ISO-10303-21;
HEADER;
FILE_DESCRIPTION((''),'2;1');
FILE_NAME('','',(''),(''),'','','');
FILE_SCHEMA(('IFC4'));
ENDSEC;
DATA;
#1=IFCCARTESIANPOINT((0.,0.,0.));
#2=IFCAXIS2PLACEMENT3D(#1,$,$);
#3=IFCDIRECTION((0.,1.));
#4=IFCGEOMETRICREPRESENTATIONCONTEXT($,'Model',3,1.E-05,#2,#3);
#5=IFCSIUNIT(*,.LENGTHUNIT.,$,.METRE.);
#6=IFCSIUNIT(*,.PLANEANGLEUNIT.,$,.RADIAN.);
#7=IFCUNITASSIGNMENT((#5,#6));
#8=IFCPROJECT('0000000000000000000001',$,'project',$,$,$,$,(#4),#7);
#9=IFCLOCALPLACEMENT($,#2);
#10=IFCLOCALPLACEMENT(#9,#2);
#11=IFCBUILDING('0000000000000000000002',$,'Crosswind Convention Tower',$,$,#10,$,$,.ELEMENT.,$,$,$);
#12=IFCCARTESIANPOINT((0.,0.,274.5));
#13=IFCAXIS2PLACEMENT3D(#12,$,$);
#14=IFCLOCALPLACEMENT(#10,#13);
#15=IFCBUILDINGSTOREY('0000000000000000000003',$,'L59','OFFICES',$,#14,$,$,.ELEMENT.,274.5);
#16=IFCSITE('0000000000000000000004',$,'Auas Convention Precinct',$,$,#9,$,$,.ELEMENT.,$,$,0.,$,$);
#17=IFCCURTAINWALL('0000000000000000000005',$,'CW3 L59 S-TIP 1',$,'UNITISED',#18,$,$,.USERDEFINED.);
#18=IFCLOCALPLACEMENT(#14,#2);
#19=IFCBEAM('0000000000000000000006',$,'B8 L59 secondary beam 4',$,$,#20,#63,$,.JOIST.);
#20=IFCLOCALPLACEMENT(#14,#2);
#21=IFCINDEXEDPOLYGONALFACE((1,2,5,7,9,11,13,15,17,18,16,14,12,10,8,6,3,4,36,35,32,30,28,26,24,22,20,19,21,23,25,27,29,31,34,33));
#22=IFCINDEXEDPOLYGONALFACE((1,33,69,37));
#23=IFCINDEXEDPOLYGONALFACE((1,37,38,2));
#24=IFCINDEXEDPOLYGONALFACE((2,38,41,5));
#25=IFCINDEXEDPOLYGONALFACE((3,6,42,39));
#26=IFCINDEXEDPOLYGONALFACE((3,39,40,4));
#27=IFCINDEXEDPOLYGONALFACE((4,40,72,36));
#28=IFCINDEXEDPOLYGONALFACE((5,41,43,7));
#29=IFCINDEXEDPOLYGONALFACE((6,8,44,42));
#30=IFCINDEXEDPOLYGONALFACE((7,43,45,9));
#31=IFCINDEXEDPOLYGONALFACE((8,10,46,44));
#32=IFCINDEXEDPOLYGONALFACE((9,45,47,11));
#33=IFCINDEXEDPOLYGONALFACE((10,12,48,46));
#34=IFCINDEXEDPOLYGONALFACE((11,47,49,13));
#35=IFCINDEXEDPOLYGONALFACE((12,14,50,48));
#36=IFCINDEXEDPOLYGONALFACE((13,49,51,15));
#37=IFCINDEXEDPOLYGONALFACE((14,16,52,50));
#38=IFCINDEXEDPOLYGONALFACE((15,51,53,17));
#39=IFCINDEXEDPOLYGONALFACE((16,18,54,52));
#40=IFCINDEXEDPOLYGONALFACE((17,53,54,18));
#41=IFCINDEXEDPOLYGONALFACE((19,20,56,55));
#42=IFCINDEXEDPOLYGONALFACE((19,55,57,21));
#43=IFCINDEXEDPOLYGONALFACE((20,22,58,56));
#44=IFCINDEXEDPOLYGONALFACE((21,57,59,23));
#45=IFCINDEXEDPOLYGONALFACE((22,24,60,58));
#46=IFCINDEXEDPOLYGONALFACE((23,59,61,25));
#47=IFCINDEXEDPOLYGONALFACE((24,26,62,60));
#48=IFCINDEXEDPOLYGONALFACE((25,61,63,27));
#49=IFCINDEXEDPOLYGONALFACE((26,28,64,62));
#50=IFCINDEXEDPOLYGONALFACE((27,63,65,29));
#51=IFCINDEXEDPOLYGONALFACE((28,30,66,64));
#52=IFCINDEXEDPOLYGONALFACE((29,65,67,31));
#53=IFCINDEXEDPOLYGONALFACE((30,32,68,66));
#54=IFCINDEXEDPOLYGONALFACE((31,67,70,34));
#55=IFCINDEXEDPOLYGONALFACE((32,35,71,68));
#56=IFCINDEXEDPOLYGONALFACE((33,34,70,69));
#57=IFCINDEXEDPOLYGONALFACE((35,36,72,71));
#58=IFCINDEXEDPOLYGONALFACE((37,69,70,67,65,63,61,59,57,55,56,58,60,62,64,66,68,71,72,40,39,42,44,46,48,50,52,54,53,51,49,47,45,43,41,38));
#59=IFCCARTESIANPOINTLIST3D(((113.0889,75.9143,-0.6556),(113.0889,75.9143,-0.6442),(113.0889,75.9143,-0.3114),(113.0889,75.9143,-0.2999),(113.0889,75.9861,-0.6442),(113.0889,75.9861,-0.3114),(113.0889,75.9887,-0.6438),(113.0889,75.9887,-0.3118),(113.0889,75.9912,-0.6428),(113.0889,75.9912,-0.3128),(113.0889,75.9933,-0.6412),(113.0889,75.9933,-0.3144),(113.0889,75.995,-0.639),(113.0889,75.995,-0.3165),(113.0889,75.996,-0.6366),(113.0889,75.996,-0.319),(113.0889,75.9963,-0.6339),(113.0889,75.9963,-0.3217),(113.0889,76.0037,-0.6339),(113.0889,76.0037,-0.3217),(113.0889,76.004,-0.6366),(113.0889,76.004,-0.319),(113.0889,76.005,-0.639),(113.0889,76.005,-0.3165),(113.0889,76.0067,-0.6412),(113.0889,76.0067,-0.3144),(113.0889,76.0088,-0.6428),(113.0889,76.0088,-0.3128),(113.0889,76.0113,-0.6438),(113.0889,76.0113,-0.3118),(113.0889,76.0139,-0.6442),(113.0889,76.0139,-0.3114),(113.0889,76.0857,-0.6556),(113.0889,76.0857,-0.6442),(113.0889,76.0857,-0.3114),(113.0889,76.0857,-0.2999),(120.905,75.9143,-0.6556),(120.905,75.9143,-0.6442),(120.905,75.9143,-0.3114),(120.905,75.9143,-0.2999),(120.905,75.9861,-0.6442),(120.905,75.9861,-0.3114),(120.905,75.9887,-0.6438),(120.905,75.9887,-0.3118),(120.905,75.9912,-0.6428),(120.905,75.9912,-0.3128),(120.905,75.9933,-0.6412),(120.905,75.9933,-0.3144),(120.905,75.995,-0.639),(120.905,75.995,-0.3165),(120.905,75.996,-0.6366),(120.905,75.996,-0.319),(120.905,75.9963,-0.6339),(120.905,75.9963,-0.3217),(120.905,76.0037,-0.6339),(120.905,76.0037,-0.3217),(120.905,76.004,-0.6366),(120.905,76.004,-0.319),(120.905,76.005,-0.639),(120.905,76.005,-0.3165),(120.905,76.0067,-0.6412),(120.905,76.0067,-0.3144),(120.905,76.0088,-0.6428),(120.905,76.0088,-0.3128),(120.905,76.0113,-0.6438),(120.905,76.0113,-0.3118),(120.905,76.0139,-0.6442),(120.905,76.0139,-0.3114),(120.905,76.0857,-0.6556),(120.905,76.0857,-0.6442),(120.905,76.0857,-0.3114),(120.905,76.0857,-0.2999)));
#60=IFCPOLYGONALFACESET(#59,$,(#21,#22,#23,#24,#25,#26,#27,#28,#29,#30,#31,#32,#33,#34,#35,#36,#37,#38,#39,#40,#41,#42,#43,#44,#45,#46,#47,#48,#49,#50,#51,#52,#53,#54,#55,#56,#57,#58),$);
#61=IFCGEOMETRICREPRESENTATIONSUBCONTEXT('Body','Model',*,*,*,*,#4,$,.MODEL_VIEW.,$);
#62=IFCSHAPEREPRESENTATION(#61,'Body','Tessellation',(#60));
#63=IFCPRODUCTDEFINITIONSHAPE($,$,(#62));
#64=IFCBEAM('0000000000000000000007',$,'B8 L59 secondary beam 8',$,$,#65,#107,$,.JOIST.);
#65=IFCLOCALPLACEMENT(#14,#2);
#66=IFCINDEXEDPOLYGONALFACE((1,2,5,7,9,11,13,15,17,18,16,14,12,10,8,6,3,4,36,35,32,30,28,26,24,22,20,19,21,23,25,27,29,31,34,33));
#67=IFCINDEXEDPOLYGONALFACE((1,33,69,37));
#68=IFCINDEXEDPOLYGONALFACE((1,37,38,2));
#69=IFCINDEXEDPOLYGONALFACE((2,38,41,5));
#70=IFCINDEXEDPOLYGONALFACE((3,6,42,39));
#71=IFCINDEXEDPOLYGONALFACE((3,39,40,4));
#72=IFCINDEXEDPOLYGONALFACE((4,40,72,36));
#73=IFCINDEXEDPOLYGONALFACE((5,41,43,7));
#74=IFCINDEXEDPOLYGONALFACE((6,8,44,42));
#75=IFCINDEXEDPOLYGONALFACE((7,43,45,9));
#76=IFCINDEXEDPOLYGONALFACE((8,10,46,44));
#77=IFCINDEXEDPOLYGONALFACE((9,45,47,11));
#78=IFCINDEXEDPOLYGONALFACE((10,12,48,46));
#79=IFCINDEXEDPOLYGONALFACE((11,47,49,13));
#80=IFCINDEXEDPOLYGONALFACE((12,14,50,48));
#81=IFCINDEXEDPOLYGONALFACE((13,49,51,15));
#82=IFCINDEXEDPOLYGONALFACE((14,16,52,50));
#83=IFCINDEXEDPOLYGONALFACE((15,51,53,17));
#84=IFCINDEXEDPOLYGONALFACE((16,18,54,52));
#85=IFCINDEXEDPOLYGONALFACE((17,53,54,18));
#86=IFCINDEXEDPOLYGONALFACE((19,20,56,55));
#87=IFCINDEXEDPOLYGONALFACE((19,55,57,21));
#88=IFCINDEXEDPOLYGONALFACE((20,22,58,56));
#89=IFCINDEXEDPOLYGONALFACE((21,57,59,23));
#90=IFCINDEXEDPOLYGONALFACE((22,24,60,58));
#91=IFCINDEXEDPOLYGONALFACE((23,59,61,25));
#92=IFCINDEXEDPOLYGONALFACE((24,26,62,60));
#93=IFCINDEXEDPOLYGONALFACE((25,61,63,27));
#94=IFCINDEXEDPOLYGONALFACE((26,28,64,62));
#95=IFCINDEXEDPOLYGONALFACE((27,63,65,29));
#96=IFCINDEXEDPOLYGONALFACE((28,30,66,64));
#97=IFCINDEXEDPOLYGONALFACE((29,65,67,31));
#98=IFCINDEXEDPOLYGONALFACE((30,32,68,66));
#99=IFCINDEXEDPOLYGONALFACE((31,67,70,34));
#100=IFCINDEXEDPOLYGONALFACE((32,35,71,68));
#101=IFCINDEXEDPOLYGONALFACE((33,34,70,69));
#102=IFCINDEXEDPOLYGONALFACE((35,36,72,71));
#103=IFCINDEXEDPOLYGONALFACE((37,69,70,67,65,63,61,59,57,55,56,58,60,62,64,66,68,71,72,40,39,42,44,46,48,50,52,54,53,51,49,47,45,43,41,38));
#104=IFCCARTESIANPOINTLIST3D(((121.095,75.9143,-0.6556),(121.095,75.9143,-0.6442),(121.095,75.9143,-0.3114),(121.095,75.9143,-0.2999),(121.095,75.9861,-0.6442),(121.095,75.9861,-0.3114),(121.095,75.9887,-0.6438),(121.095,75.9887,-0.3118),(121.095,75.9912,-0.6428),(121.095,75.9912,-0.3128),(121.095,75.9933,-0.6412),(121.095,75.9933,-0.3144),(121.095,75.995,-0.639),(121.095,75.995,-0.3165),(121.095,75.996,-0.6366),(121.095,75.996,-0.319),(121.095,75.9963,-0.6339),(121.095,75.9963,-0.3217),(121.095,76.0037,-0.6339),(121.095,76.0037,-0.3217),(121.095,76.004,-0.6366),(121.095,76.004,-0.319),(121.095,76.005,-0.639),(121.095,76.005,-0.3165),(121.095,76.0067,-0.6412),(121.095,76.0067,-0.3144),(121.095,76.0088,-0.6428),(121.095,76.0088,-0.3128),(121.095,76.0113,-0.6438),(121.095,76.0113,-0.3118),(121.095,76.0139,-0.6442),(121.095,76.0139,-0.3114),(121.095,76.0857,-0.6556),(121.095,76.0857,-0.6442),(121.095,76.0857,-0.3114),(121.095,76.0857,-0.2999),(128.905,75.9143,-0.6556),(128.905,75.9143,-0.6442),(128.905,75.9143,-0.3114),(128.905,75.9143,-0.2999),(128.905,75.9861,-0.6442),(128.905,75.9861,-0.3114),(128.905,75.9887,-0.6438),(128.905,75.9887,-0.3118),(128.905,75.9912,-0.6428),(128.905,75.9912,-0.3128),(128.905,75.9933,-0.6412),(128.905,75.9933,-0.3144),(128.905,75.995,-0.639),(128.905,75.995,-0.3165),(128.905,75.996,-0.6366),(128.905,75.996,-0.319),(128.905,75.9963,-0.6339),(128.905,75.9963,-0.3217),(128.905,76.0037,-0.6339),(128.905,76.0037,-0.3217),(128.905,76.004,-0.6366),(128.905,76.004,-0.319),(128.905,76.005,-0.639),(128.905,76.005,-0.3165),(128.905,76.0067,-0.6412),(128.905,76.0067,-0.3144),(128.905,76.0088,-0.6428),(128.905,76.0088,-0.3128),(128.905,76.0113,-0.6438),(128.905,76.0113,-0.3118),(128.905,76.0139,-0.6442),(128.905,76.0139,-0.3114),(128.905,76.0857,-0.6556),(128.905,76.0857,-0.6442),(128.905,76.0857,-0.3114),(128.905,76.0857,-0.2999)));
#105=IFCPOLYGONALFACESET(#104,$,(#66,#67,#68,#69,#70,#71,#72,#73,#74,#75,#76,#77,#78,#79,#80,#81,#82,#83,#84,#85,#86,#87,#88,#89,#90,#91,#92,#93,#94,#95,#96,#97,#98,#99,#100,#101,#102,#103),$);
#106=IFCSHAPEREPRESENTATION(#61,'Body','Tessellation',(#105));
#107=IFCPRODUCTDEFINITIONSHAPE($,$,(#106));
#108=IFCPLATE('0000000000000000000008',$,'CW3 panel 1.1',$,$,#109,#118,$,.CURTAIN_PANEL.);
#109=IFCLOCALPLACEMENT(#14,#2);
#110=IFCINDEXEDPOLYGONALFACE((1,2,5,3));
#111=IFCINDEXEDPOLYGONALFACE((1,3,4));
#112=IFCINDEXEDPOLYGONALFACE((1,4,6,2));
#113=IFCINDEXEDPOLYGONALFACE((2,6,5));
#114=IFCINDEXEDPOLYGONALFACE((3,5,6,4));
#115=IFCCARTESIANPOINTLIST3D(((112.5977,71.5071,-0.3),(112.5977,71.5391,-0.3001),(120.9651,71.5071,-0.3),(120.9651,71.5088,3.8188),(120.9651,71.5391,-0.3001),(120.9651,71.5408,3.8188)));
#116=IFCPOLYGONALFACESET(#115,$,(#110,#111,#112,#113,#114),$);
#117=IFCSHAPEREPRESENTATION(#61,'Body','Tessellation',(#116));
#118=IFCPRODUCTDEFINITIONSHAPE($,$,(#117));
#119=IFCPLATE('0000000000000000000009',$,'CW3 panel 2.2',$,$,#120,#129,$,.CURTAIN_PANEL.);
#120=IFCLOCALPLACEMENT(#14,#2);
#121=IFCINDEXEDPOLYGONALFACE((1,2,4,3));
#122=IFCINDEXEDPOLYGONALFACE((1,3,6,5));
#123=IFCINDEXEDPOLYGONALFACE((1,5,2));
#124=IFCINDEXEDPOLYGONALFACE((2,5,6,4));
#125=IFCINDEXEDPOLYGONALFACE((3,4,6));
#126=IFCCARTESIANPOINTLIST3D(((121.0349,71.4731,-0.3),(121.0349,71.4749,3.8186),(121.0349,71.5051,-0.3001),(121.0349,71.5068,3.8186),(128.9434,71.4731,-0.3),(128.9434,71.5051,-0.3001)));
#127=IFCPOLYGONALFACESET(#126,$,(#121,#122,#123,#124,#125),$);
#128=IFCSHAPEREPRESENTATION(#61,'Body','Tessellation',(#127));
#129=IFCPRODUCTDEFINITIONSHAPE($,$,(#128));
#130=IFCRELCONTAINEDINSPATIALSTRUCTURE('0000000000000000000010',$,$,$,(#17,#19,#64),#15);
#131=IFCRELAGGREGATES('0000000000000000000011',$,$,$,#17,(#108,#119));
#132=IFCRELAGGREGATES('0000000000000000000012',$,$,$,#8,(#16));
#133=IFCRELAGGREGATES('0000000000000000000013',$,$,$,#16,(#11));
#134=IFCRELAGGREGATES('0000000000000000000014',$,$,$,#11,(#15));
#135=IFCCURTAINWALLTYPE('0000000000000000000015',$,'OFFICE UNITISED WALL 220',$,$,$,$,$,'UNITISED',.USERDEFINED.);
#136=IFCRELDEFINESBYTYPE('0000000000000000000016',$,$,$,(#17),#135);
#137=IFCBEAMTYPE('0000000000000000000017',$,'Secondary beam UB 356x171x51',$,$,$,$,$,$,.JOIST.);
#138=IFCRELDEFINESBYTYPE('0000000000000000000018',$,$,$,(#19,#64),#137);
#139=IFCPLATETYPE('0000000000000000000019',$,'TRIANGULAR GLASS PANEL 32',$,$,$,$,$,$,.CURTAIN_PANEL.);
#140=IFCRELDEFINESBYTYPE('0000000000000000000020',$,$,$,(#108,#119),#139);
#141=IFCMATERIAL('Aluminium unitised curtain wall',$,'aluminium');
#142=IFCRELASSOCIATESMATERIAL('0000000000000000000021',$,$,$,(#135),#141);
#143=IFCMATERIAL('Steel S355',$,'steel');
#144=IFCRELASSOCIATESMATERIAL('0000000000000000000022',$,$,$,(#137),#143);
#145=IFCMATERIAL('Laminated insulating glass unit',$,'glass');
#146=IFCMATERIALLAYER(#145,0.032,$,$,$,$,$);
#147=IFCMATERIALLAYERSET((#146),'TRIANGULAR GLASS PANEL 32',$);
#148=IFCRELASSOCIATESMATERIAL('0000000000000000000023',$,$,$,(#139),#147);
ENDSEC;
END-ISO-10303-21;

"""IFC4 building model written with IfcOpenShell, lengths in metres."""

from ifc_helpers import new_model, si_unit, direction, frame, origin, origin_2d, place, context, subcontext, project, spatial, polyline, i_section, outline, extrude, material, layer, layer_set, material_profile, profile_set, type_object, element, aggregate, save


model = new_model("IFC4")

# Units and contexts
model_context = context("Model", 3, precision=1e-05, world=origin(), true_north=direction((0.0, 1.0)))
body_context = subcontext(model_context, "Body", "Model", "MODEL_VIEW")
ifc_project = project(units=[si_unit("LENGTHUNIT", "METRE"), si_unit("PLANEANGLEUNIT", "RADIAN")], contexts=[model_context])

# Site, building, storey
site_placement = place(None, origin())
site = spatial("IfcSite", under=ifc_project, at=site_placement, Name="Auas Convention Precinct", CompositionType="ELEMENT", RefElevation=0.0)
building_placement = place(site_placement, origin())
building = spatial("IfcBuilding", under=site, at=building_placement, Name="Crosswind Convention Tower", CompositionType="ELEMENT")
storey_placement = place(building_placement, frame((0.0, 0.0, 274.5)))
storey = spatial("IfcBuildingStorey", under=building, at=storey_placement, Name="L59", Description="OFFICES", CompositionType="ELEMENT", Elevation=274.5)

# Shared definitions
ifc_material_1 = material(Name="Steel S355", Category="steel")

# Curtain wall
ifc_material_2 = material(Name="Aluminium unitised curtain wall", Category="aluminium")
curtain_wall_type = type_object("IfcCurtainWallType", Name="OFFICE UNITISED WALL 220", ElementType="UNITISED", PredefinedType="USERDEFINED", material=ifc_material_2)
curtain_wall_placement = place(storey_placement, origin())
curtain_wall = element("IfcCurtainWall", 1, at=curtain_wall_placement, inside=storey, type_object=curtain_wall_type, Name="CW3 L59 S-TIP 1", ObjectType="UNITISED", PredefinedType="USERDEFINED")

# Beams
ifc_material_profile_1 = material_profile(ifc_material_1, i_section(OverallWidth=0.1714, OverallDepth=0.3557, WebThickness=0.0073, FlangeThickness=0.0115, FilletRadius=0.0103, at=origin_2d()), Name="UB 356x171x51")
ifc_profile_set_1 = profile_set([ifc_material_profile_1], Name="Steel S355")
beam_type_1 = type_object("IfcBeamType", Name="Secondary beam UB 356x171x51", PredefinedType="JOIST", material=ifc_profile_set_1)
beam_1_placement = place(storey_placement, frame((113.0889, 76.0, -0.4778), z_axis=(1.0, 0.0, 0.0), x_axis=(0.0, 1.0, 0.0)))
element("IfcBeam", 2, at=beam_1_placement, inside=storey, type_object=beam_type_1, Name="B8 L59 secondary beam 4", PredefinedType="JOIST", context=body_context, shape_type="SweptSolid", body=[
    extrude(i_section(OverallWidth=0.1714, OverallDepth=0.3557, WebThickness=0.0073, FlangeThickness=0.0115, FilletRadius=0.0103, at=origin_2d()), origin(), (0.0, 0.0, 1.0), 7.8162),
])
beam_2_placement = place(storey_placement, frame((121.095, 76.0, -0.4778), z_axis=(1.0, 0.0, 0.0), x_axis=(0.0, 1.0, 0.0)))
element("IfcBeam", 3, at=beam_2_placement, inside=storey, type_object=beam_type_1, Name="B8 L59 secondary beam 8", PredefinedType="JOIST", context=body_context, shape_type="SweptSolid", body=[
    extrude(i_section(OverallWidth=0.1714, OverallDepth=0.3557, WebThickness=0.0073, FlangeThickness=0.0115, FilletRadius=0.0103, at=origin_2d()), origin(), (0.0, 0.0, 1.0), 7.8101),
])

# Plates
ifc_material_3 = material(Name="Laminated insulating glass unit", Category="glass")
ifc_layer_1 = layer(ifc_material_3, 0.032)
ifc_layer_set_1 = layer_set([ifc_layer_1], Name="TRIANGULAR GLASS PANEL 32")
plate_type = type_object("IfcPlateType", Name="TRIANGULAR GLASS PANEL 32", PredefinedType="CURTAIN_PANEL", material=ifc_layer_set_1)
plate_1_placement = place(storey_placement, frame((120.9651, 71.5071, -0.3), z_axis=(0.0, -1.0, 0.000415), x_axis=(0.0, 0.000415, 1.0)))
plate_1 = element("IfcPlate", 4, at=plate_1_placement, type_object=plate_type, Name="CW3 panel 1.1", PredefinedType="CURTAIN_PANEL", context=body_context, shape_type="SweptSolid", body=[
    extrude(outline(polyline([(0.0, 0.0), (4.1189, 0.0), (0.0, 8.3674), (0.0, 0.0)])), origin(), (0.0, 0.0, -1.0), 0.032),
])
plate_2_placement = place(storey_placement, frame((121.0349, 71.4731, -0.3), z_axis=(0.0, -1.0, 0.000415), x_axis=(1.0, 0.0, 0.0)))
plate_2 = element("IfcPlate", 5, at=plate_2_placement, type_object=plate_type, Name="CW3 panel 2.2", PredefinedType="CURTAIN_PANEL", context=body_context, shape_type="SweptSolid", body=[
    extrude(outline(polyline([(0.0, 0.0), (7.9084, 0.0), (0.0, 4.1187), (0.0, 0.0)])), origin(), (0.0, 0.0, -1.0), 0.032),
])
aggregate(curtain_wall, [plate_1, plate_2])

save(model, "model.ifc")
